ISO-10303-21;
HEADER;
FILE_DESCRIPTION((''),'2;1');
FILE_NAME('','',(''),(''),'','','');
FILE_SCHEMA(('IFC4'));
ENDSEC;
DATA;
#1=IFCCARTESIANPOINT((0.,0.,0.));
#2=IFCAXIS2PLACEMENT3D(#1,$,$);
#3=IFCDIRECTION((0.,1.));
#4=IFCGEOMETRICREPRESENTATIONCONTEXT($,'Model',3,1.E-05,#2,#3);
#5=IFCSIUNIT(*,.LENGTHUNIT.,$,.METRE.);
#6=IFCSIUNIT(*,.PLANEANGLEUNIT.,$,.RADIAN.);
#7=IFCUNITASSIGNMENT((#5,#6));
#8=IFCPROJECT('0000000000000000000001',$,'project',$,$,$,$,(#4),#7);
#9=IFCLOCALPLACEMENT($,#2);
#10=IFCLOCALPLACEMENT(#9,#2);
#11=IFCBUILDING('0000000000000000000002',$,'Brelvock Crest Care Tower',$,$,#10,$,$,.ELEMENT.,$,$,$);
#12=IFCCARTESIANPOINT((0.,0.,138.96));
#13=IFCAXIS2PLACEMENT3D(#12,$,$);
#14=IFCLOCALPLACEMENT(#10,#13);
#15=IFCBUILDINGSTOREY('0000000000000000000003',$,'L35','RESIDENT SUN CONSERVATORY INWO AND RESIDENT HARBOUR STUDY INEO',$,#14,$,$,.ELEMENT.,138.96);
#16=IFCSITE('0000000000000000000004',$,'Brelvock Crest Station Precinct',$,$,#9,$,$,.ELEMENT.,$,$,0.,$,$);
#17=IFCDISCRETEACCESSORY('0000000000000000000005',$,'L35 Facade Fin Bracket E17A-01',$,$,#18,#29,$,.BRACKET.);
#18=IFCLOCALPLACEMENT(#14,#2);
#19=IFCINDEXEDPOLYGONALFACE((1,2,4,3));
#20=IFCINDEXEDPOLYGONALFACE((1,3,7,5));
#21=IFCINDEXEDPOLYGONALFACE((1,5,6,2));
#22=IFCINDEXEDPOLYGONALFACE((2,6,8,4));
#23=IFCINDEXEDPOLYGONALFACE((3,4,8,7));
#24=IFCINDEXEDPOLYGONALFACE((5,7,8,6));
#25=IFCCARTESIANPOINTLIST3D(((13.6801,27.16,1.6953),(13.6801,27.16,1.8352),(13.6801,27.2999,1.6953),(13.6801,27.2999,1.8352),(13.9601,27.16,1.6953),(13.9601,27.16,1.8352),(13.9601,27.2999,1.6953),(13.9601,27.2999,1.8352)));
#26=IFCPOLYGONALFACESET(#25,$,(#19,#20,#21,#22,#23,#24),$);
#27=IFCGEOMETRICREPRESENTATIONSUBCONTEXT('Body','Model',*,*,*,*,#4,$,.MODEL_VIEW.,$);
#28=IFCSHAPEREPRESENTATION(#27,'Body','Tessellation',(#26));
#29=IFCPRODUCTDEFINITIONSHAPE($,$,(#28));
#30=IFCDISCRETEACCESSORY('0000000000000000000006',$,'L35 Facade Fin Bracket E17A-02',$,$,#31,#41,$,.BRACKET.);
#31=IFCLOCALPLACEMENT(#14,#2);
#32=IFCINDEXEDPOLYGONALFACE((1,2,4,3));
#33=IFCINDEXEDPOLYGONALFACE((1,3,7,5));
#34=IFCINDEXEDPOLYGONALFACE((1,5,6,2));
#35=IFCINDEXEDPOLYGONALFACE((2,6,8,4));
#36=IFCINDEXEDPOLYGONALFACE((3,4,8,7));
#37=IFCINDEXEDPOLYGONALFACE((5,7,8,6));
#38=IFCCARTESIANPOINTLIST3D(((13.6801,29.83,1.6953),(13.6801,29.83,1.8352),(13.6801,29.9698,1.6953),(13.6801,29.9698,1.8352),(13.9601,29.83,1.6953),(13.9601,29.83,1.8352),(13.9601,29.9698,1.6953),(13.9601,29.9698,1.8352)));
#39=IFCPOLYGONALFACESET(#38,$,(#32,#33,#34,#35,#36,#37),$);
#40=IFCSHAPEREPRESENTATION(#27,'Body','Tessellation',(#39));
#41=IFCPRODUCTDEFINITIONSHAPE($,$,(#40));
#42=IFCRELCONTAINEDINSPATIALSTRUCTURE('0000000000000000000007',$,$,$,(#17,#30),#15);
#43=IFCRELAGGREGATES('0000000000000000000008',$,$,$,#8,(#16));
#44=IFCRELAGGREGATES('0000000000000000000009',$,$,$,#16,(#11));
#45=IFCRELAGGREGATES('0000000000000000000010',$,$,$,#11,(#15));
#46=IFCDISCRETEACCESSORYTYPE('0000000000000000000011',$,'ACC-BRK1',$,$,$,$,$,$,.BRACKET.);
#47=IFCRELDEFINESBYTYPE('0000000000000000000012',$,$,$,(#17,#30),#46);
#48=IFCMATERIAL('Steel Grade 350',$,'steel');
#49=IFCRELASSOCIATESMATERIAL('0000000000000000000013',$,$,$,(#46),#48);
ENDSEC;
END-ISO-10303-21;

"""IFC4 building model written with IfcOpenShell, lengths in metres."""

from ifc_helpers import new_model, si_unit, direction, frame, origin, origin_2d, place, context, subcontext, project, spatial, rectangle, extrude, source, transform, mapped, material, type_object, element, save


model = new_model("IFC4")

# Units and contexts
model_context = context("Model", 3, precision=1e-05, world=origin(), true_north=direction((0.0, 1.0)))
body_context = subcontext(model_context, "Body", "Model", "MODEL_VIEW")
ifc_project = project(units=[si_unit("LENGTHUNIT", "METRE"), si_unit("PLANEANGLEUNIT", "RADIAN")], contexts=[model_context])

# Site, building, storey
site_placement = place(None, origin())
site = spatial("IfcSite", under=ifc_project, at=site_placement, Name="Brelvock Crest Station Precinct", CompositionType="ELEMENT", RefElevation=0.0)
building_placement = place(site_placement, origin())
building = spatial("IfcBuilding", under=site, at=building_placement, Name="Brelvock Crest Care Tower", CompositionType="ELEMENT")
storey_placement = place(building_placement, frame((0.0, 0.0, 138.96)))
storey = spatial("IfcBuildingStorey", under=building, at=storey_placement, Name="L35", Description="RESIDENT SUN CONSERVATORY INWO AND RESIDENT HARBOUR STUDY INEO", CompositionType="ELEMENT", Elevation=138.96)

# Shared definitions
ifc_material_1 = material(Name="Steel Grade 350", Category="steel")

# Discrete accessories
discrete_accessory_type = type_object("IfcDiscreteAccessoryType", Name="ACC-BRK1", PredefinedType="BRACKET", material=ifc_material_1)
shared_shape_1 = source(origin(), body_context, "Body", "SweptSolid", [
    extrude(rectangle(XDim=0.28, YDim=0.1399, at=origin_2d()), origin(), (0.0, 0.0, 1.0), 0.1399),
])
for number, where, z_axis, x_axis, name in (
    (1, (13.8201, 27.23, 1.6953), (0.0, 0.0, 1.0), (-1.0, 0.0, 0.0), "L35 Facade Fin Bracket E17A-01"),
    (2, (13.8201, 29.8999, 1.6953), (0.0, 0.0, 1.0), (-1.0, 0.0, 0.0), "L35 Facade Fin Bracket E17A-02"),
):
    element("IfcDiscreteAccessory", number, at=place(storey_placement, frame(where, z_axis=z_axis, x_axis=x_axis)), inside=storey, type_object=discrete_accessory_type, Name=name, PredefinedType="BRACKET", context=body_context, shape_type="MappedRepresentation", body=[
        mapped(shared_shape_1, transform((0.0, 0.0, 0.0), x_axis=(1.0, 0.0, 0.0), y_axis=(0.0, 1.0, 0.0), z_axis=(0.0, 0.0, 1.0), scale=1.0)),
    ])

save(model, "model.ifc")
